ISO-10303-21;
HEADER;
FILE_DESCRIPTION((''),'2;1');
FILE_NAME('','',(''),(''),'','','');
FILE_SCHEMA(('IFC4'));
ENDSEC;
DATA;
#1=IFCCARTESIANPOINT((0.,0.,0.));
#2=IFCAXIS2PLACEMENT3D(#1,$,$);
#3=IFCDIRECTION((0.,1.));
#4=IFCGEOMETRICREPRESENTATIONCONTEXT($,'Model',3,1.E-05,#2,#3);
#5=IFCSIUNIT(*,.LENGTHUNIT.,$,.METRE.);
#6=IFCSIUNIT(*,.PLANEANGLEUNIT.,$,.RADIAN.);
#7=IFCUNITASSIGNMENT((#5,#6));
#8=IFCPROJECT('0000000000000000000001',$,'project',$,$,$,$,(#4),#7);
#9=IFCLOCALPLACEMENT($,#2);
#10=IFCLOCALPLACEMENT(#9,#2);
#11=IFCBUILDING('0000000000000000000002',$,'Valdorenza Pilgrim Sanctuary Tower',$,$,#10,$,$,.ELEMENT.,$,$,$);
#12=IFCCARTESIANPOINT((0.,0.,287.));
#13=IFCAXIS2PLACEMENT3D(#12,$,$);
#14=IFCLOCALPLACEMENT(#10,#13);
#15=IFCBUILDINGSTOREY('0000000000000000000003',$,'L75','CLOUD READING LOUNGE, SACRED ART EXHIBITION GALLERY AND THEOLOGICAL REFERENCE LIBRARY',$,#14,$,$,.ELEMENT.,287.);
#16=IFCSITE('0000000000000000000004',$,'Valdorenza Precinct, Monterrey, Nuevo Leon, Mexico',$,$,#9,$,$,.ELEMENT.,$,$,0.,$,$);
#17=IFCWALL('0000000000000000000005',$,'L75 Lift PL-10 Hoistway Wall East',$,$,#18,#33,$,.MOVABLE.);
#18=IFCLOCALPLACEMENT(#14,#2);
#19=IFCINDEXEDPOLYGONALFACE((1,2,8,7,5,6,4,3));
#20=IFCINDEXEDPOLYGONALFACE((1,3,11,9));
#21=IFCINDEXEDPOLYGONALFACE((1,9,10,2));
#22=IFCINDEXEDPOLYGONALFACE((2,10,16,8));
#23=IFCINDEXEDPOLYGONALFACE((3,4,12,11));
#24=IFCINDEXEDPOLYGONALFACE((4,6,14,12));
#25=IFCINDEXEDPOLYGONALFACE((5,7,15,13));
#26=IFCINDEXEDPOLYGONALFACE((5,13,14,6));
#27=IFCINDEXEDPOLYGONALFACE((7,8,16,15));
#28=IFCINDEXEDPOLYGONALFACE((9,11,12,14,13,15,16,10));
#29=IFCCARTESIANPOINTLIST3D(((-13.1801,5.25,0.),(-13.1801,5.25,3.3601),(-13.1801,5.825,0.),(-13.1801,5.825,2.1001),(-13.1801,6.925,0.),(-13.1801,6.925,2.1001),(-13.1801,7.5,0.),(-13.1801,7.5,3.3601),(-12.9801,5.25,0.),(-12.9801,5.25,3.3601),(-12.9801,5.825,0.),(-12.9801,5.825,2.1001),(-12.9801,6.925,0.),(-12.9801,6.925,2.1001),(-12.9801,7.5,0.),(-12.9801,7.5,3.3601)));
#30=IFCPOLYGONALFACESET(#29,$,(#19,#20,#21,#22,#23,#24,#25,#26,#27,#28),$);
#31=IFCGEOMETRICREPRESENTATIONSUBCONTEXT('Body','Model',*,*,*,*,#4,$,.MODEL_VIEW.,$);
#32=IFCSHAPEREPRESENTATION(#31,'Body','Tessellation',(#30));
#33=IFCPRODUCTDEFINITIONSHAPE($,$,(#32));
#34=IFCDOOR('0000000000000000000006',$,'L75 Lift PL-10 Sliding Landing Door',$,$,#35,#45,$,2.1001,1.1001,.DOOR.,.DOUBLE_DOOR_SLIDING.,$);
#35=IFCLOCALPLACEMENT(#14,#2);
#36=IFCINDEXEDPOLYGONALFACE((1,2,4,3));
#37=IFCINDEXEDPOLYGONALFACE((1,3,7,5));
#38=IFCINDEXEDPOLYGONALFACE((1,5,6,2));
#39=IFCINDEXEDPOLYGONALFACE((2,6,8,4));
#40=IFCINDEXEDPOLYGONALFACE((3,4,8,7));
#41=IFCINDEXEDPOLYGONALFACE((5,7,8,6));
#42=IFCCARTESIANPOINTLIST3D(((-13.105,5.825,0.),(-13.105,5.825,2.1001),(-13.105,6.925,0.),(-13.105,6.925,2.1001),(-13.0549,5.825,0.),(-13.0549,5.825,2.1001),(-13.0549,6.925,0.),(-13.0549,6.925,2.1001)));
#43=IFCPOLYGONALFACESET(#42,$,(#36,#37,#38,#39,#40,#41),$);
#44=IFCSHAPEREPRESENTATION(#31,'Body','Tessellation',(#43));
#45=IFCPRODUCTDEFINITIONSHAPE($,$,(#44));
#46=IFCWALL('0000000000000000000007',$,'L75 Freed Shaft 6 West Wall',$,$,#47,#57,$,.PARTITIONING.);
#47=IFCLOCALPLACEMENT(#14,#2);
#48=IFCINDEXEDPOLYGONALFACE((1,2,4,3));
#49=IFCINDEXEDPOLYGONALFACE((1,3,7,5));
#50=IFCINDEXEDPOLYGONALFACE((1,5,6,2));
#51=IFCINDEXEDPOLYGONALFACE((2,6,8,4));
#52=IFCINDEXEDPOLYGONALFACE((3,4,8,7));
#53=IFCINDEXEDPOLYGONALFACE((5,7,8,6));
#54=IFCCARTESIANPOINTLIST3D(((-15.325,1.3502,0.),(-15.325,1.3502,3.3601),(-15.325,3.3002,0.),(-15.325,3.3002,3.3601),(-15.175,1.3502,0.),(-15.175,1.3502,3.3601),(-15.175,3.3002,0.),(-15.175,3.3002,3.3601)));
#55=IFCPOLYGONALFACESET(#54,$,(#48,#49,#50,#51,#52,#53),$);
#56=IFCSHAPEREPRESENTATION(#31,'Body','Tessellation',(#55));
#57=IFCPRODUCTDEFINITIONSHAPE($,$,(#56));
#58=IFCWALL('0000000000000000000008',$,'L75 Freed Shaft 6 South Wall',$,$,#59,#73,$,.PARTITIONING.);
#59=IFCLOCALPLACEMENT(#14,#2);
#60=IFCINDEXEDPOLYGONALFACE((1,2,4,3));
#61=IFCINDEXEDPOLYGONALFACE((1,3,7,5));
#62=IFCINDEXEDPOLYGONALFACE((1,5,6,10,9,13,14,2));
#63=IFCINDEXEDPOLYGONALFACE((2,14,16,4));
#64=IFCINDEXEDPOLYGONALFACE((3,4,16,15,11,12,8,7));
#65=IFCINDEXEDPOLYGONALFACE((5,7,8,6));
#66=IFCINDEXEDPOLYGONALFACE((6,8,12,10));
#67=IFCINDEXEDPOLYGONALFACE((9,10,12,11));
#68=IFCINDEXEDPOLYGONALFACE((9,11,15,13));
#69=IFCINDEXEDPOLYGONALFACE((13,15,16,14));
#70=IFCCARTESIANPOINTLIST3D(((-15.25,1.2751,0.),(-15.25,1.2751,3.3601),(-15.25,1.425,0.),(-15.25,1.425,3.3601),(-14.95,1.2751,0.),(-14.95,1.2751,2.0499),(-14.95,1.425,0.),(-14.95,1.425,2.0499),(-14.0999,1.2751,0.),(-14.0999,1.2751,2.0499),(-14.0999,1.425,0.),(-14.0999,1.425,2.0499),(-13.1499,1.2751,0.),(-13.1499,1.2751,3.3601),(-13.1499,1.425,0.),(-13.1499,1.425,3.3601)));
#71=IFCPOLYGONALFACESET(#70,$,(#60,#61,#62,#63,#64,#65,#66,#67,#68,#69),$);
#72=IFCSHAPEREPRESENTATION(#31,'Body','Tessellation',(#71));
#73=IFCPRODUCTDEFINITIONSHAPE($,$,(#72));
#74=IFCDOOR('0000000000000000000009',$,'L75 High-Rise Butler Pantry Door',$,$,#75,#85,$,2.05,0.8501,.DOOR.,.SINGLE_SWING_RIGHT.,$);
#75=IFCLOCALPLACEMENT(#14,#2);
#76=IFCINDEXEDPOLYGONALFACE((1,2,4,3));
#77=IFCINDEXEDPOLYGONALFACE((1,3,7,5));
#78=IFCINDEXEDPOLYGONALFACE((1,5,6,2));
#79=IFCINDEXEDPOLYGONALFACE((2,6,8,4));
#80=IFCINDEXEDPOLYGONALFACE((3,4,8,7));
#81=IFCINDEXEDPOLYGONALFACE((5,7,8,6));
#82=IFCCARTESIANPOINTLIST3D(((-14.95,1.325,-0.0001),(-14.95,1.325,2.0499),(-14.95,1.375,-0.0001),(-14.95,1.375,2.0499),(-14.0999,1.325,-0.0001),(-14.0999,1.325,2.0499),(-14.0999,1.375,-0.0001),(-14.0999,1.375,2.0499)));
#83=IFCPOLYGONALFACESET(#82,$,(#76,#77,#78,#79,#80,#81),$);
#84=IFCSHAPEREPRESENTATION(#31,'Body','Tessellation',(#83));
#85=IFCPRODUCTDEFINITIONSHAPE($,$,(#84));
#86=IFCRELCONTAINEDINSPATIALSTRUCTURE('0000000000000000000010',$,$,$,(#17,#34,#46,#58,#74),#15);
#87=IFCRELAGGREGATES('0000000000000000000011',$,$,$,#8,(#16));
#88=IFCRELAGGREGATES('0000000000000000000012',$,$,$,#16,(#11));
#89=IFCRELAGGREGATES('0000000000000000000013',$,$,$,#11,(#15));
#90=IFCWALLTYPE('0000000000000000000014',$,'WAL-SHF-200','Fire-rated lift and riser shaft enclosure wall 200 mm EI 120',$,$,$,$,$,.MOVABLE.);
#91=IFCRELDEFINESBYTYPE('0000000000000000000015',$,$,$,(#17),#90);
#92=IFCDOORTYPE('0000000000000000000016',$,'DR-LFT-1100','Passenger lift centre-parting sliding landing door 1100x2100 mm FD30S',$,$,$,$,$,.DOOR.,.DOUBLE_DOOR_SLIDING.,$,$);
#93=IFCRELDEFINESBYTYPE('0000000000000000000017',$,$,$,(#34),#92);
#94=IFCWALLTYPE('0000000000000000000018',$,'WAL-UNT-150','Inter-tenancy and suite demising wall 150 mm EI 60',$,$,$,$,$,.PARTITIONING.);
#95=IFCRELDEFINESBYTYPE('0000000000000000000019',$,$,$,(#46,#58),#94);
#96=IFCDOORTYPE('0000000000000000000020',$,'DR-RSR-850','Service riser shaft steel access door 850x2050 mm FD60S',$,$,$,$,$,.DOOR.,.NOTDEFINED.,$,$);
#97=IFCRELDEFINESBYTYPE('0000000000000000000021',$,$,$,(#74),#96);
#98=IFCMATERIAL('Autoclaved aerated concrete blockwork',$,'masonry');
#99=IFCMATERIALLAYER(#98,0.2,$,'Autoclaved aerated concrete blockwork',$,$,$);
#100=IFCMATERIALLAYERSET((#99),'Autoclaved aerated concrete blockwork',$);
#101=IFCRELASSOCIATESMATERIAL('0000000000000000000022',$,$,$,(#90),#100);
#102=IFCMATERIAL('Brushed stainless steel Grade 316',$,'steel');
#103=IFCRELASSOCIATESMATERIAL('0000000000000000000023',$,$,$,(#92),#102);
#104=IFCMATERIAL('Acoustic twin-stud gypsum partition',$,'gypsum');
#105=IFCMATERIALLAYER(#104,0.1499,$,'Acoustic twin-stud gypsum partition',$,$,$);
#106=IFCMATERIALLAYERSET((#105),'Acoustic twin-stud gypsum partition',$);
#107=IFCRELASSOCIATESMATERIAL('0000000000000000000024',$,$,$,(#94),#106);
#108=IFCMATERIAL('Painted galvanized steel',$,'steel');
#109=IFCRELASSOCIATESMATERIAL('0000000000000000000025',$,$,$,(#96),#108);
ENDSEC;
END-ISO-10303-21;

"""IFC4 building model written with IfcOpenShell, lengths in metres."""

from ifc_helpers import new_model, si_unit, direction, frame, frame_2d, origin, place, context, subcontext, project, spatial, rectangle, extrude, material, layer, layer_set, type_object, element, fill, save


model = new_model("IFC4")

# Units and contexts
model_context = context("Model", 3, precision=1e-05, world=origin(), true_north=direction((0.0, 1.0)))
body_context = subcontext(model_context, "Body", "Model", "MODEL_VIEW")
ifc_project = project(units=[si_unit("LENGTHUNIT", "METRE"), si_unit("PLANEANGLEUNIT", "RADIAN")], contexts=[model_context])

# Site, building, storey
site_placement = place(None, origin())
site = spatial("IfcSite", under=ifc_project, at=site_placement, Name="Valdorenza Precinct, Monterrey, Nuevo Leon, Mexico", CompositionType="ELEMENT", RefElevation=0.0)
building_placement = place(site_placement, origin())
building = spatial("IfcBuilding", under=site, at=building_placement, Name="Valdorenza Pilgrim Sanctuary Tower", CompositionType="ELEMENT")
storey_placement = place(building_placement, frame((0.0, 0.0, 287.0)))
storey = spatial("IfcBuildingStorey", under=building, at=storey_placement, Name="L75", Description="CLOUD READING LOUNGE, SACRED ART EXHIBITION GALLERY AND THEOLOGICAL REFERENCE LIBRARY", CompositionType="ELEMENT", Elevation=287.0)

# Shared definitions
ifc_material_1 = material(Name="Acoustic twin-stud gypsum partition", Category="gypsum")
ifc_material_2 = material(Name="Autoclaved aerated concrete blockwork", Category="masonry")
ifc_layer_1 = layer(ifc_material_2, 0.2, Name="Autoclaved aerated concrete blockwork")
ifc_layer_set_1 = layer_set([ifc_layer_1], Name="Autoclaved aerated concrete blockwork")
wall_type_1 = type_object("IfcWallType", Name="WAL-SHF-200", Description="Fire-rated lift and riser shaft enclosure wall 200 mm EI 120", PredefinedType="MOVABLE", material=ifc_layer_set_1)

# Shared definitions
ifc_material_3 = material(Name="Brushed stainless steel Grade 316", Category="steel")

# Shared definitions
door_type_1 = type_object("IfcDoorType", Name="DR-LFT-1100", Description="Passenger lift centre-parting sliding landing door 1100x2100 mm FD30S", OperationType="DOUBLE_DOOR_SLIDING", PredefinedType="DOOR", material=ifc_material_3)

# Wall, opening, door
wall_1_placement = place(storey_placement, frame((-13.0801, 5.25, 0.0), z_axis=(0.0, 0.0, 1.0), x_axis=(0.0, 1.0, 0.0)))
wall_1 = element("IfcWall", 1, at=wall_1_placement, inside=storey, type_object=wall_type_1, Name="L75 Lift PL-10 Hoistway Wall East", PredefinedType="MOVABLE", context=body_context, shape_type="SweptSolid", body=[
    extrude(rectangle(XDim=2.25, YDim=0.2, at=frame_2d((1.125, 0.0))), origin(), (0.0, 0.0, 1.0), 3.3601),
])
opening_1_placement = place(wall_1_placement, frame((0.575, 0.0, 0.0)))
opening_1 = element("IfcOpeningElement", 2, at=opening_1_placement, cuts=wall_1, PredefinedType="OPENING", context=body_context, shape_type="SweptSolid", body=[
    extrude(rectangle(XDim=1.1001, YDim=2.1001, at=frame_2d((0.55, 1.05))), frame((0.0, 0.1147, 0.0), z_axis=(0.0, -1.0, 0.0), x_axis=(1.0, 0.0, 0.0)), (0.0, 0.0, 1.0), 0.2297),
])
door_1_placement = place(opening_1_placement, origin())
door_1 = element("IfcDoor", 3, at=door_1_placement, inside=storey, type_object=door_type_1, Name="L75 Lift PL-10 Sliding Landing Door", OperationType="DOUBLE_DOOR_SLIDING", OverallHeight=2.1001, OverallWidth=1.1001, PredefinedType="DOOR", context=body_context, shape_type="SweptSolid", body=[
    extrude(rectangle(XDim=1.1001, YDim=2.1001, at=frame_2d((0.55, 1.05))), frame((0.0, 0.0249, 0.0), z_axis=(0.0, -1.0, 0.0), x_axis=(1.0, 0.0, 0.0)), (0.0, 0.0, 1.0), 0.05),
])
fill(opening_1, door_1)

# Wall
ifc_layer_2 = layer(ifc_material_1, 0.1499, Name="Acoustic twin-stud gypsum partition")
ifc_layer_set_2 = layer_set([ifc_layer_2], Name="Acoustic twin-stud gypsum partition")
wall_type_2 = type_object("IfcWallType", Name="WAL-UNT-150", Description="Inter-tenancy and suite demising wall 150 mm EI 60", PredefinedType="PARTITIONING", material=ifc_layer_set_2)
wall_2_placement = place(storey_placement, frame((-15.25, 1.3501, 0.0), z_axis=(0.0, 0.0, 1.0), x_axis=(0.0, 1.0, 0.0)))
element("IfcWall", 4, at=wall_2_placement, inside=storey, type_object=wall_type_2, Name="L75 Freed Shaft 6 West Wall", PredefinedType="PARTITIONING", context=body_context, shape_type="SweptSolid", body=[
    extrude(rectangle(XDim=1.95, YDim=0.1499, at=frame_2d((0.9751, 0.0))), origin(), (0.0, 0.0, 1.0), 3.3601),
])

# Wall, opening, door
wall_3_placement = place(storey_placement, frame((-15.25, 1.3501, 0.0), z_axis=(0.0, 0.0, 1.0), x_axis=(1.0, 0.0, 0.0)))
wall_3 = element("IfcWall", 5, at=wall_3_placement, inside=storey, type_object=wall_type_2, Name="L75 Freed Shaft 6 South Wall", PredefinedType="PARTITIONING", context=body_context, shape_type="SweptSolid", body=[
    extrude(rectangle(XDim=2.1001, YDim=0.1499, at=frame_2d((1.05, 0.0))), origin(), (0.0, 0.0, 1.0), 3.3601),
])
opening_2_placement = place(wall_3_placement, frame((0.3, 0.0, 0.0)))
opening_2 = element("IfcOpeningElement", 6, at=opening_2_placement, cuts=wall_3, PredefinedType="OPENING", context=body_context, shape_type="SweptSolid", body=[
    extrude(rectangle(XDim=0.8501, YDim=2.05, at=frame_2d((0.425, 1.0249))), frame((0.0, 0.0898, 0.0), z_axis=(0.0, -1.0, 0.0), x_axis=(1.0, 0.0, 0.0)), (0.0, 0.0, 1.0), 0.1797),
])
ifc_material_4 = material(Name="Painted galvanized steel", Category="steel")
door_type_2 = type_object("IfcDoorType", Name="DR-RSR-850", Description="Service riser shaft steel access door 850x2050 mm FD60S", OperationType="NOTDEFINED", PredefinedType="DOOR", material=ifc_material_4)
door_2_placement = place(opening_2_placement, origin())
door_2 = element("IfcDoor", 7, at=door_2_placement, inside=storey, type_object=door_type_2, Name="L75 High-Rise Butler Pantry Door", OperationType="SINGLE_SWING_RIGHT", OverallHeight=2.05, OverallWidth=0.8501, PredefinedType="DOOR", context=body_context, shape_type="SweptSolid", body=[
    extrude(rectangle(XDim=0.8501, YDim=2.05, at=frame_2d((0.425, 1.0249))), frame((0.0, 0.0249, 0.0), z_axis=(0.0, -1.0, 0.0), x_axis=(1.0, 0.0, 0.0)), (0.0, 0.0, 1.0), 0.05),
])
fill(opening_2, door_2)

save(model, "model.ifc")
